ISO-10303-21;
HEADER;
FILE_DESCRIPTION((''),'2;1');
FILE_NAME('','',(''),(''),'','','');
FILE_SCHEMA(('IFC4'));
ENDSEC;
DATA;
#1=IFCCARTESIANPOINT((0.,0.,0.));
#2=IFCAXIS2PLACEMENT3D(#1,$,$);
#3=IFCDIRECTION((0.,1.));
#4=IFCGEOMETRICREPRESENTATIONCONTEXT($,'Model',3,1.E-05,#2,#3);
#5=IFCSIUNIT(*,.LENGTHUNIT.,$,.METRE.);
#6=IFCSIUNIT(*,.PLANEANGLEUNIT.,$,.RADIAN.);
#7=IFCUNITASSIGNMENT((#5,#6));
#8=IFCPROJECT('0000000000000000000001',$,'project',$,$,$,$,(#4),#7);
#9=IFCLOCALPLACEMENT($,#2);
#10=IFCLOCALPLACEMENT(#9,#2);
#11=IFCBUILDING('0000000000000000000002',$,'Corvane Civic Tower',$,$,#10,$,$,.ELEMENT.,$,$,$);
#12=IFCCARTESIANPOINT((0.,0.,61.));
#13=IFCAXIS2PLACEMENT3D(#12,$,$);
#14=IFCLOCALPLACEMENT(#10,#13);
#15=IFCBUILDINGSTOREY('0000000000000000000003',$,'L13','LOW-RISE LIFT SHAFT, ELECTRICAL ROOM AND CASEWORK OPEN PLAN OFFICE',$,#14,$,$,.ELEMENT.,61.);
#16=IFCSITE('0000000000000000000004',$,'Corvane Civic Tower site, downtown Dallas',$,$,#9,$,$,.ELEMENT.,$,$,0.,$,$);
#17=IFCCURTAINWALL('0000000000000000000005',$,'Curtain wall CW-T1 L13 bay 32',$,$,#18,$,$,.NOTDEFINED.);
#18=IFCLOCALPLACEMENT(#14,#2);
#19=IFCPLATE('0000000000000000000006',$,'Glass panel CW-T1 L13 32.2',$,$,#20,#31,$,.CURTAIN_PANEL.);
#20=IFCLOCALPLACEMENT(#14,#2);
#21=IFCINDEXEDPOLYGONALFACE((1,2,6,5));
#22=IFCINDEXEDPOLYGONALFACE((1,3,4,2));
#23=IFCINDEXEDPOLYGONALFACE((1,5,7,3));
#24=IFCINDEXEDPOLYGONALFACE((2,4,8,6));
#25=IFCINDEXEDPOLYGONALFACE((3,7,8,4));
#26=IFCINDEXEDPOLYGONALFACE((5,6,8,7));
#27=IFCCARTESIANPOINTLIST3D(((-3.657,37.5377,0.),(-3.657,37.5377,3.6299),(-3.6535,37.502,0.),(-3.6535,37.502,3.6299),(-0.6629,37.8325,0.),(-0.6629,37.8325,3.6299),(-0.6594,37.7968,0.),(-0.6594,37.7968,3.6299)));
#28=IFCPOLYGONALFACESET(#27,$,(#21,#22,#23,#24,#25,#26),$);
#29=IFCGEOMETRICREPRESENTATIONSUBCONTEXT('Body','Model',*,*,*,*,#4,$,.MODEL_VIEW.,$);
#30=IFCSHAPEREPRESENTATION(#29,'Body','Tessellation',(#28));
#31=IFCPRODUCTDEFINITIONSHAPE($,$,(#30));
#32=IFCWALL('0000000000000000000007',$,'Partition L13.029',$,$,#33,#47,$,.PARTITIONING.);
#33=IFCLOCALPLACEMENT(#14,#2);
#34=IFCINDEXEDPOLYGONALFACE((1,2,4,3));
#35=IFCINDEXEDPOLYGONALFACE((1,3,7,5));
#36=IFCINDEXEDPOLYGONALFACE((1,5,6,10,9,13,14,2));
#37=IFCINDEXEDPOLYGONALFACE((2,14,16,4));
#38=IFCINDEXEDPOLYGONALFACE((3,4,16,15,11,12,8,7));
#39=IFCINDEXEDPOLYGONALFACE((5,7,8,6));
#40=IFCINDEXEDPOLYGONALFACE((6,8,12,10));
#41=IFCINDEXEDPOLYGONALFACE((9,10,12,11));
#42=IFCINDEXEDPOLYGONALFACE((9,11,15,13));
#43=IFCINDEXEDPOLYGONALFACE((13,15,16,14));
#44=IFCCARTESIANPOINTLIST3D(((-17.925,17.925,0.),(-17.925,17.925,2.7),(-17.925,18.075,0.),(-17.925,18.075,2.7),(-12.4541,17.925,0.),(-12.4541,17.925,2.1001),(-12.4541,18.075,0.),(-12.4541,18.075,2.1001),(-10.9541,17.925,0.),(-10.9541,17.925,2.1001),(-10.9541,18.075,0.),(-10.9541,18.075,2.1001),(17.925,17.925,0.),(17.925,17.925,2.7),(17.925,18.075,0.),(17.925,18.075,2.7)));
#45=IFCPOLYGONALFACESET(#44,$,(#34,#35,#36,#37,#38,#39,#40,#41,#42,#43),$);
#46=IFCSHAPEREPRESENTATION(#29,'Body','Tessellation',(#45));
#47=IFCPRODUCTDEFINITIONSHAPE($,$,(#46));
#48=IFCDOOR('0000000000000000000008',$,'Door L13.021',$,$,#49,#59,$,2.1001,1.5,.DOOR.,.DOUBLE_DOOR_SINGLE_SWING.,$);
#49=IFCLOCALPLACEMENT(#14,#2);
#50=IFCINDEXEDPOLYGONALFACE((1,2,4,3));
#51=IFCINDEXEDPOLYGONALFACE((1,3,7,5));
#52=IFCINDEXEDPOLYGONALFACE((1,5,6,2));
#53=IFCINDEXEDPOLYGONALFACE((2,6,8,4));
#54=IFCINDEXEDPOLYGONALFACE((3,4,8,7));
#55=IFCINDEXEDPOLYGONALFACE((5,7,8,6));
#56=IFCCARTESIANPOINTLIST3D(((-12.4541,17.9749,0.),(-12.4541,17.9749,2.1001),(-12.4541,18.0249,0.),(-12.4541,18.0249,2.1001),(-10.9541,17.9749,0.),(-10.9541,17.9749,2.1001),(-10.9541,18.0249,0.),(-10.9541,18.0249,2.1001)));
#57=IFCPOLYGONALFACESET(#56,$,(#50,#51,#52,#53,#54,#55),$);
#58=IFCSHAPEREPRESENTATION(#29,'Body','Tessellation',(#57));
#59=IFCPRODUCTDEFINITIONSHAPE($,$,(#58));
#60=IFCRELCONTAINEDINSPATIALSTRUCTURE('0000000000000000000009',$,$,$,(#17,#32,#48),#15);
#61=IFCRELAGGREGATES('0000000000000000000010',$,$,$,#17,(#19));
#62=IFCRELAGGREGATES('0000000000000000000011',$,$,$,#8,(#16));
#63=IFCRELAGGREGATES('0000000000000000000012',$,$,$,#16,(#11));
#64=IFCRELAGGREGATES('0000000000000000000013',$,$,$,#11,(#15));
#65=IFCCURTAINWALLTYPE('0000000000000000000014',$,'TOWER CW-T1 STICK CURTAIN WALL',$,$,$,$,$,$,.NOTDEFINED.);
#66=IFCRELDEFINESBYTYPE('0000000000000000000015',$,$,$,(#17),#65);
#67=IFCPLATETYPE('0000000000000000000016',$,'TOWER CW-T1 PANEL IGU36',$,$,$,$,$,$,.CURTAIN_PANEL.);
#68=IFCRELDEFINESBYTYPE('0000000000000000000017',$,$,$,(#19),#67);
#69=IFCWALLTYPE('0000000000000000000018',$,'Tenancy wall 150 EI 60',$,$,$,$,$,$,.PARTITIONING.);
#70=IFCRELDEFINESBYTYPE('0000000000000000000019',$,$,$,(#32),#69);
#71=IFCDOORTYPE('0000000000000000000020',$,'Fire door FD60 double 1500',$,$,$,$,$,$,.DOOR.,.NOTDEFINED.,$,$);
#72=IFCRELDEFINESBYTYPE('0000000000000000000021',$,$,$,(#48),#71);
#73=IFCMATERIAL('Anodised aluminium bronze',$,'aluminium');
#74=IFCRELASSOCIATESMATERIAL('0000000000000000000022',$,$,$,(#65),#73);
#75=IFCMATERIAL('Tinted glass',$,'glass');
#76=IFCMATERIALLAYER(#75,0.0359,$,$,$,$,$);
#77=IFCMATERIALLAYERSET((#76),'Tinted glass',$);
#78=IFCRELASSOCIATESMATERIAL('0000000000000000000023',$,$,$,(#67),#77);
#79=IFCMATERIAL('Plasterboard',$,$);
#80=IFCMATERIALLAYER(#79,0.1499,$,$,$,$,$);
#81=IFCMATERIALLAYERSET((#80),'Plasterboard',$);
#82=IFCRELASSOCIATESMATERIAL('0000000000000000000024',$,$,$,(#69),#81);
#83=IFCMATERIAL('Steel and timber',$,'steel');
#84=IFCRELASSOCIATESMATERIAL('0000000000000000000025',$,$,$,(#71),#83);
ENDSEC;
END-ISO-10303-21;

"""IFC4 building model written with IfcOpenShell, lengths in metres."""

from ifc_helpers import new_model, si_unit, direction, frame, frame_2d, origin, origin_2d, place, context, subcontext, project, spatial, rectangle, extrude, material, layer, layer_set, type_object, element, fill, aggregate, save


model = new_model("IFC4")

# Units and contexts
model_context = context("Model", 3, precision=1e-05, world=origin(), true_north=direction((0.0, 1.0)))
body_context = subcontext(model_context, "Body", "Model", "MODEL_VIEW")
ifc_project = project(units=[si_unit("LENGTHUNIT", "METRE"), si_unit("PLANEANGLEUNIT", "RADIAN")], contexts=[model_context])

# Site, building, storey
site_placement = place(None, origin())
site = spatial("IfcSite", under=ifc_project, at=site_placement, Name="Corvane Civic Tower site, downtown Dallas", CompositionType="ELEMENT", RefElevation=0.0)
building_placement = place(site_placement, origin())
building = spatial("IfcBuilding", under=site, at=building_placement, Name="Corvane Civic Tower", CompositionType="ELEMENT")
storey_placement = place(building_placement, frame((0.0, 0.0, 61.0)))
storey = spatial("IfcBuildingStorey", under=building, at=storey_placement, Name="L13", Description="LOW-RISE LIFT SHAFT, ELECTRICAL ROOM AND CASEWORK OPEN PLAN OFFICE", CompositionType="ELEMENT", Elevation=61.0)

# Curtain wall
ifc_material_1 = material(Name="Anodised aluminium bronze", Category="aluminium")
curtain_wall_type = type_object("IfcCurtainWallType", Name="TOWER CW-T1 STICK CURTAIN WALL", PredefinedType="NOTDEFINED", material=ifc_material_1)
curtain_wall_1_placement = place(storey_placement, origin())
curtain_wall_1 = element("IfcCurtainWall", 1, at=curtain_wall_1_placement, inside=storey, type_object=curtain_wall_type, Name="Curtain wall CW-T1 L13 bay 32", PredefinedType="NOTDEFINED")

# Plate
ifc_material_2 = material(Name="Tinted glass", Category="glass")
ifc_layer_1 = layer(ifc_material_2, 0.0359)
ifc_layer_set_1 = layer_set([ifc_layer_1], Name="Tinted glass")
plate_type = type_object("IfcPlateType", Name="TOWER CW-T1 PANEL IGU36", PredefinedType="CURTAIN_PANEL", material=ifc_layer_set_1)
plate_1_placement = place(storey_placement, frame((-2.1582, 37.6672, 0.0), z_axis=(0.0, 0.0, 1.0), x_axis=(0.995186, 0.098006, 0.0)))
plate_1 = element("IfcPlate", 2, at=plate_1_placement, type_object=plate_type, Name="Glass panel CW-T1 L13 32.2", PredefinedType="CURTAIN_PANEL", context=body_context, shape_type="SweptSolid", body=[
    extrude(rectangle(XDim=3.0085, YDim=0.0359, at=origin_2d()), origin(), (0.0, 0.0, 1.0), 3.6299),
])
aggregate(curtain_wall_1, [plate_1])

# Wall, opening, door
ifc_material_3 = material(Name="Plasterboard")
ifc_layer_2 = layer(ifc_material_3, 0.1499)
ifc_layer_set_2 = layer_set([ifc_layer_2], Name="Plasterboard")
wall_type = type_object("IfcWallType", Name="Tenancy wall 150 EI 60", PredefinedType="PARTITIONING", material=ifc_layer_set_2)
wall_placement = place(storey_placement, frame((-17.925, 18.0, 0.0), z_axis=(0.0, 0.0, 1.0), x_axis=(1.0, 0.0, 0.0)))
wall = element("IfcWall", 3, at=wall_placement, inside=storey, type_object=wall_type, Name="Partition L13.029", PredefinedType="PARTITIONING", context=body_context, shape_type="SweptSolid", body=[
    extrude(rectangle(XDim=35.8501, YDim=0.1499, at=frame_2d((17.925, 0.0))), origin(), (0.0, 0.0, 1.0), 2.7),
])
opening_placement = place(wall_placement, frame((5.4709, 0.0, 0.0)))
opening = element("IfcOpeningElement", 4, at=opening_placement, cuts=wall, PredefinedType="OPENING", context=body_context, shape_type="SweptSolid", body=[
    extrude(rectangle(XDim=1.5, YDim=2.1001, at=frame_2d((0.75, 1.05))), frame((0.0, 0.085, 0.0), z_axis=(0.0, -1.0, 0.0), x_axis=(1.0, 0.0, 0.0)), (0.0, 0.0, 1.0), 0.1699),
])
ifc_material_4 = material(Name="Steel and timber", Category="steel")
door_type = type_object("IfcDoorType", Name="Fire door FD60 double 1500", OperationType="NOTDEFINED", PredefinedType="DOOR", material=ifc_material_4)
door_placement = place(opening_placement, origin())
door = element("IfcDoor", 5, at=door_placement, inside=storey, type_object=door_type, Name="Door L13.021", OperationType="DOUBLE_DOOR_SINGLE_SWING", OverallHeight=2.1001, OverallWidth=1.5, PredefinedType="DOOR", context=body_context, shape_type="SweptSolid", body=[
    extrude(rectangle(XDim=1.5, YDim=2.1001, at=frame_2d((0.75, 1.05))), frame((0.0, 0.0249, 0.0), z_axis=(0.0, -1.0, 0.0), x_axis=(1.0, 0.0, 0.0)), (0.0, 0.0, 1.0), 0.05),
])
fill(opening, door)

save(model, "model.ifc")
